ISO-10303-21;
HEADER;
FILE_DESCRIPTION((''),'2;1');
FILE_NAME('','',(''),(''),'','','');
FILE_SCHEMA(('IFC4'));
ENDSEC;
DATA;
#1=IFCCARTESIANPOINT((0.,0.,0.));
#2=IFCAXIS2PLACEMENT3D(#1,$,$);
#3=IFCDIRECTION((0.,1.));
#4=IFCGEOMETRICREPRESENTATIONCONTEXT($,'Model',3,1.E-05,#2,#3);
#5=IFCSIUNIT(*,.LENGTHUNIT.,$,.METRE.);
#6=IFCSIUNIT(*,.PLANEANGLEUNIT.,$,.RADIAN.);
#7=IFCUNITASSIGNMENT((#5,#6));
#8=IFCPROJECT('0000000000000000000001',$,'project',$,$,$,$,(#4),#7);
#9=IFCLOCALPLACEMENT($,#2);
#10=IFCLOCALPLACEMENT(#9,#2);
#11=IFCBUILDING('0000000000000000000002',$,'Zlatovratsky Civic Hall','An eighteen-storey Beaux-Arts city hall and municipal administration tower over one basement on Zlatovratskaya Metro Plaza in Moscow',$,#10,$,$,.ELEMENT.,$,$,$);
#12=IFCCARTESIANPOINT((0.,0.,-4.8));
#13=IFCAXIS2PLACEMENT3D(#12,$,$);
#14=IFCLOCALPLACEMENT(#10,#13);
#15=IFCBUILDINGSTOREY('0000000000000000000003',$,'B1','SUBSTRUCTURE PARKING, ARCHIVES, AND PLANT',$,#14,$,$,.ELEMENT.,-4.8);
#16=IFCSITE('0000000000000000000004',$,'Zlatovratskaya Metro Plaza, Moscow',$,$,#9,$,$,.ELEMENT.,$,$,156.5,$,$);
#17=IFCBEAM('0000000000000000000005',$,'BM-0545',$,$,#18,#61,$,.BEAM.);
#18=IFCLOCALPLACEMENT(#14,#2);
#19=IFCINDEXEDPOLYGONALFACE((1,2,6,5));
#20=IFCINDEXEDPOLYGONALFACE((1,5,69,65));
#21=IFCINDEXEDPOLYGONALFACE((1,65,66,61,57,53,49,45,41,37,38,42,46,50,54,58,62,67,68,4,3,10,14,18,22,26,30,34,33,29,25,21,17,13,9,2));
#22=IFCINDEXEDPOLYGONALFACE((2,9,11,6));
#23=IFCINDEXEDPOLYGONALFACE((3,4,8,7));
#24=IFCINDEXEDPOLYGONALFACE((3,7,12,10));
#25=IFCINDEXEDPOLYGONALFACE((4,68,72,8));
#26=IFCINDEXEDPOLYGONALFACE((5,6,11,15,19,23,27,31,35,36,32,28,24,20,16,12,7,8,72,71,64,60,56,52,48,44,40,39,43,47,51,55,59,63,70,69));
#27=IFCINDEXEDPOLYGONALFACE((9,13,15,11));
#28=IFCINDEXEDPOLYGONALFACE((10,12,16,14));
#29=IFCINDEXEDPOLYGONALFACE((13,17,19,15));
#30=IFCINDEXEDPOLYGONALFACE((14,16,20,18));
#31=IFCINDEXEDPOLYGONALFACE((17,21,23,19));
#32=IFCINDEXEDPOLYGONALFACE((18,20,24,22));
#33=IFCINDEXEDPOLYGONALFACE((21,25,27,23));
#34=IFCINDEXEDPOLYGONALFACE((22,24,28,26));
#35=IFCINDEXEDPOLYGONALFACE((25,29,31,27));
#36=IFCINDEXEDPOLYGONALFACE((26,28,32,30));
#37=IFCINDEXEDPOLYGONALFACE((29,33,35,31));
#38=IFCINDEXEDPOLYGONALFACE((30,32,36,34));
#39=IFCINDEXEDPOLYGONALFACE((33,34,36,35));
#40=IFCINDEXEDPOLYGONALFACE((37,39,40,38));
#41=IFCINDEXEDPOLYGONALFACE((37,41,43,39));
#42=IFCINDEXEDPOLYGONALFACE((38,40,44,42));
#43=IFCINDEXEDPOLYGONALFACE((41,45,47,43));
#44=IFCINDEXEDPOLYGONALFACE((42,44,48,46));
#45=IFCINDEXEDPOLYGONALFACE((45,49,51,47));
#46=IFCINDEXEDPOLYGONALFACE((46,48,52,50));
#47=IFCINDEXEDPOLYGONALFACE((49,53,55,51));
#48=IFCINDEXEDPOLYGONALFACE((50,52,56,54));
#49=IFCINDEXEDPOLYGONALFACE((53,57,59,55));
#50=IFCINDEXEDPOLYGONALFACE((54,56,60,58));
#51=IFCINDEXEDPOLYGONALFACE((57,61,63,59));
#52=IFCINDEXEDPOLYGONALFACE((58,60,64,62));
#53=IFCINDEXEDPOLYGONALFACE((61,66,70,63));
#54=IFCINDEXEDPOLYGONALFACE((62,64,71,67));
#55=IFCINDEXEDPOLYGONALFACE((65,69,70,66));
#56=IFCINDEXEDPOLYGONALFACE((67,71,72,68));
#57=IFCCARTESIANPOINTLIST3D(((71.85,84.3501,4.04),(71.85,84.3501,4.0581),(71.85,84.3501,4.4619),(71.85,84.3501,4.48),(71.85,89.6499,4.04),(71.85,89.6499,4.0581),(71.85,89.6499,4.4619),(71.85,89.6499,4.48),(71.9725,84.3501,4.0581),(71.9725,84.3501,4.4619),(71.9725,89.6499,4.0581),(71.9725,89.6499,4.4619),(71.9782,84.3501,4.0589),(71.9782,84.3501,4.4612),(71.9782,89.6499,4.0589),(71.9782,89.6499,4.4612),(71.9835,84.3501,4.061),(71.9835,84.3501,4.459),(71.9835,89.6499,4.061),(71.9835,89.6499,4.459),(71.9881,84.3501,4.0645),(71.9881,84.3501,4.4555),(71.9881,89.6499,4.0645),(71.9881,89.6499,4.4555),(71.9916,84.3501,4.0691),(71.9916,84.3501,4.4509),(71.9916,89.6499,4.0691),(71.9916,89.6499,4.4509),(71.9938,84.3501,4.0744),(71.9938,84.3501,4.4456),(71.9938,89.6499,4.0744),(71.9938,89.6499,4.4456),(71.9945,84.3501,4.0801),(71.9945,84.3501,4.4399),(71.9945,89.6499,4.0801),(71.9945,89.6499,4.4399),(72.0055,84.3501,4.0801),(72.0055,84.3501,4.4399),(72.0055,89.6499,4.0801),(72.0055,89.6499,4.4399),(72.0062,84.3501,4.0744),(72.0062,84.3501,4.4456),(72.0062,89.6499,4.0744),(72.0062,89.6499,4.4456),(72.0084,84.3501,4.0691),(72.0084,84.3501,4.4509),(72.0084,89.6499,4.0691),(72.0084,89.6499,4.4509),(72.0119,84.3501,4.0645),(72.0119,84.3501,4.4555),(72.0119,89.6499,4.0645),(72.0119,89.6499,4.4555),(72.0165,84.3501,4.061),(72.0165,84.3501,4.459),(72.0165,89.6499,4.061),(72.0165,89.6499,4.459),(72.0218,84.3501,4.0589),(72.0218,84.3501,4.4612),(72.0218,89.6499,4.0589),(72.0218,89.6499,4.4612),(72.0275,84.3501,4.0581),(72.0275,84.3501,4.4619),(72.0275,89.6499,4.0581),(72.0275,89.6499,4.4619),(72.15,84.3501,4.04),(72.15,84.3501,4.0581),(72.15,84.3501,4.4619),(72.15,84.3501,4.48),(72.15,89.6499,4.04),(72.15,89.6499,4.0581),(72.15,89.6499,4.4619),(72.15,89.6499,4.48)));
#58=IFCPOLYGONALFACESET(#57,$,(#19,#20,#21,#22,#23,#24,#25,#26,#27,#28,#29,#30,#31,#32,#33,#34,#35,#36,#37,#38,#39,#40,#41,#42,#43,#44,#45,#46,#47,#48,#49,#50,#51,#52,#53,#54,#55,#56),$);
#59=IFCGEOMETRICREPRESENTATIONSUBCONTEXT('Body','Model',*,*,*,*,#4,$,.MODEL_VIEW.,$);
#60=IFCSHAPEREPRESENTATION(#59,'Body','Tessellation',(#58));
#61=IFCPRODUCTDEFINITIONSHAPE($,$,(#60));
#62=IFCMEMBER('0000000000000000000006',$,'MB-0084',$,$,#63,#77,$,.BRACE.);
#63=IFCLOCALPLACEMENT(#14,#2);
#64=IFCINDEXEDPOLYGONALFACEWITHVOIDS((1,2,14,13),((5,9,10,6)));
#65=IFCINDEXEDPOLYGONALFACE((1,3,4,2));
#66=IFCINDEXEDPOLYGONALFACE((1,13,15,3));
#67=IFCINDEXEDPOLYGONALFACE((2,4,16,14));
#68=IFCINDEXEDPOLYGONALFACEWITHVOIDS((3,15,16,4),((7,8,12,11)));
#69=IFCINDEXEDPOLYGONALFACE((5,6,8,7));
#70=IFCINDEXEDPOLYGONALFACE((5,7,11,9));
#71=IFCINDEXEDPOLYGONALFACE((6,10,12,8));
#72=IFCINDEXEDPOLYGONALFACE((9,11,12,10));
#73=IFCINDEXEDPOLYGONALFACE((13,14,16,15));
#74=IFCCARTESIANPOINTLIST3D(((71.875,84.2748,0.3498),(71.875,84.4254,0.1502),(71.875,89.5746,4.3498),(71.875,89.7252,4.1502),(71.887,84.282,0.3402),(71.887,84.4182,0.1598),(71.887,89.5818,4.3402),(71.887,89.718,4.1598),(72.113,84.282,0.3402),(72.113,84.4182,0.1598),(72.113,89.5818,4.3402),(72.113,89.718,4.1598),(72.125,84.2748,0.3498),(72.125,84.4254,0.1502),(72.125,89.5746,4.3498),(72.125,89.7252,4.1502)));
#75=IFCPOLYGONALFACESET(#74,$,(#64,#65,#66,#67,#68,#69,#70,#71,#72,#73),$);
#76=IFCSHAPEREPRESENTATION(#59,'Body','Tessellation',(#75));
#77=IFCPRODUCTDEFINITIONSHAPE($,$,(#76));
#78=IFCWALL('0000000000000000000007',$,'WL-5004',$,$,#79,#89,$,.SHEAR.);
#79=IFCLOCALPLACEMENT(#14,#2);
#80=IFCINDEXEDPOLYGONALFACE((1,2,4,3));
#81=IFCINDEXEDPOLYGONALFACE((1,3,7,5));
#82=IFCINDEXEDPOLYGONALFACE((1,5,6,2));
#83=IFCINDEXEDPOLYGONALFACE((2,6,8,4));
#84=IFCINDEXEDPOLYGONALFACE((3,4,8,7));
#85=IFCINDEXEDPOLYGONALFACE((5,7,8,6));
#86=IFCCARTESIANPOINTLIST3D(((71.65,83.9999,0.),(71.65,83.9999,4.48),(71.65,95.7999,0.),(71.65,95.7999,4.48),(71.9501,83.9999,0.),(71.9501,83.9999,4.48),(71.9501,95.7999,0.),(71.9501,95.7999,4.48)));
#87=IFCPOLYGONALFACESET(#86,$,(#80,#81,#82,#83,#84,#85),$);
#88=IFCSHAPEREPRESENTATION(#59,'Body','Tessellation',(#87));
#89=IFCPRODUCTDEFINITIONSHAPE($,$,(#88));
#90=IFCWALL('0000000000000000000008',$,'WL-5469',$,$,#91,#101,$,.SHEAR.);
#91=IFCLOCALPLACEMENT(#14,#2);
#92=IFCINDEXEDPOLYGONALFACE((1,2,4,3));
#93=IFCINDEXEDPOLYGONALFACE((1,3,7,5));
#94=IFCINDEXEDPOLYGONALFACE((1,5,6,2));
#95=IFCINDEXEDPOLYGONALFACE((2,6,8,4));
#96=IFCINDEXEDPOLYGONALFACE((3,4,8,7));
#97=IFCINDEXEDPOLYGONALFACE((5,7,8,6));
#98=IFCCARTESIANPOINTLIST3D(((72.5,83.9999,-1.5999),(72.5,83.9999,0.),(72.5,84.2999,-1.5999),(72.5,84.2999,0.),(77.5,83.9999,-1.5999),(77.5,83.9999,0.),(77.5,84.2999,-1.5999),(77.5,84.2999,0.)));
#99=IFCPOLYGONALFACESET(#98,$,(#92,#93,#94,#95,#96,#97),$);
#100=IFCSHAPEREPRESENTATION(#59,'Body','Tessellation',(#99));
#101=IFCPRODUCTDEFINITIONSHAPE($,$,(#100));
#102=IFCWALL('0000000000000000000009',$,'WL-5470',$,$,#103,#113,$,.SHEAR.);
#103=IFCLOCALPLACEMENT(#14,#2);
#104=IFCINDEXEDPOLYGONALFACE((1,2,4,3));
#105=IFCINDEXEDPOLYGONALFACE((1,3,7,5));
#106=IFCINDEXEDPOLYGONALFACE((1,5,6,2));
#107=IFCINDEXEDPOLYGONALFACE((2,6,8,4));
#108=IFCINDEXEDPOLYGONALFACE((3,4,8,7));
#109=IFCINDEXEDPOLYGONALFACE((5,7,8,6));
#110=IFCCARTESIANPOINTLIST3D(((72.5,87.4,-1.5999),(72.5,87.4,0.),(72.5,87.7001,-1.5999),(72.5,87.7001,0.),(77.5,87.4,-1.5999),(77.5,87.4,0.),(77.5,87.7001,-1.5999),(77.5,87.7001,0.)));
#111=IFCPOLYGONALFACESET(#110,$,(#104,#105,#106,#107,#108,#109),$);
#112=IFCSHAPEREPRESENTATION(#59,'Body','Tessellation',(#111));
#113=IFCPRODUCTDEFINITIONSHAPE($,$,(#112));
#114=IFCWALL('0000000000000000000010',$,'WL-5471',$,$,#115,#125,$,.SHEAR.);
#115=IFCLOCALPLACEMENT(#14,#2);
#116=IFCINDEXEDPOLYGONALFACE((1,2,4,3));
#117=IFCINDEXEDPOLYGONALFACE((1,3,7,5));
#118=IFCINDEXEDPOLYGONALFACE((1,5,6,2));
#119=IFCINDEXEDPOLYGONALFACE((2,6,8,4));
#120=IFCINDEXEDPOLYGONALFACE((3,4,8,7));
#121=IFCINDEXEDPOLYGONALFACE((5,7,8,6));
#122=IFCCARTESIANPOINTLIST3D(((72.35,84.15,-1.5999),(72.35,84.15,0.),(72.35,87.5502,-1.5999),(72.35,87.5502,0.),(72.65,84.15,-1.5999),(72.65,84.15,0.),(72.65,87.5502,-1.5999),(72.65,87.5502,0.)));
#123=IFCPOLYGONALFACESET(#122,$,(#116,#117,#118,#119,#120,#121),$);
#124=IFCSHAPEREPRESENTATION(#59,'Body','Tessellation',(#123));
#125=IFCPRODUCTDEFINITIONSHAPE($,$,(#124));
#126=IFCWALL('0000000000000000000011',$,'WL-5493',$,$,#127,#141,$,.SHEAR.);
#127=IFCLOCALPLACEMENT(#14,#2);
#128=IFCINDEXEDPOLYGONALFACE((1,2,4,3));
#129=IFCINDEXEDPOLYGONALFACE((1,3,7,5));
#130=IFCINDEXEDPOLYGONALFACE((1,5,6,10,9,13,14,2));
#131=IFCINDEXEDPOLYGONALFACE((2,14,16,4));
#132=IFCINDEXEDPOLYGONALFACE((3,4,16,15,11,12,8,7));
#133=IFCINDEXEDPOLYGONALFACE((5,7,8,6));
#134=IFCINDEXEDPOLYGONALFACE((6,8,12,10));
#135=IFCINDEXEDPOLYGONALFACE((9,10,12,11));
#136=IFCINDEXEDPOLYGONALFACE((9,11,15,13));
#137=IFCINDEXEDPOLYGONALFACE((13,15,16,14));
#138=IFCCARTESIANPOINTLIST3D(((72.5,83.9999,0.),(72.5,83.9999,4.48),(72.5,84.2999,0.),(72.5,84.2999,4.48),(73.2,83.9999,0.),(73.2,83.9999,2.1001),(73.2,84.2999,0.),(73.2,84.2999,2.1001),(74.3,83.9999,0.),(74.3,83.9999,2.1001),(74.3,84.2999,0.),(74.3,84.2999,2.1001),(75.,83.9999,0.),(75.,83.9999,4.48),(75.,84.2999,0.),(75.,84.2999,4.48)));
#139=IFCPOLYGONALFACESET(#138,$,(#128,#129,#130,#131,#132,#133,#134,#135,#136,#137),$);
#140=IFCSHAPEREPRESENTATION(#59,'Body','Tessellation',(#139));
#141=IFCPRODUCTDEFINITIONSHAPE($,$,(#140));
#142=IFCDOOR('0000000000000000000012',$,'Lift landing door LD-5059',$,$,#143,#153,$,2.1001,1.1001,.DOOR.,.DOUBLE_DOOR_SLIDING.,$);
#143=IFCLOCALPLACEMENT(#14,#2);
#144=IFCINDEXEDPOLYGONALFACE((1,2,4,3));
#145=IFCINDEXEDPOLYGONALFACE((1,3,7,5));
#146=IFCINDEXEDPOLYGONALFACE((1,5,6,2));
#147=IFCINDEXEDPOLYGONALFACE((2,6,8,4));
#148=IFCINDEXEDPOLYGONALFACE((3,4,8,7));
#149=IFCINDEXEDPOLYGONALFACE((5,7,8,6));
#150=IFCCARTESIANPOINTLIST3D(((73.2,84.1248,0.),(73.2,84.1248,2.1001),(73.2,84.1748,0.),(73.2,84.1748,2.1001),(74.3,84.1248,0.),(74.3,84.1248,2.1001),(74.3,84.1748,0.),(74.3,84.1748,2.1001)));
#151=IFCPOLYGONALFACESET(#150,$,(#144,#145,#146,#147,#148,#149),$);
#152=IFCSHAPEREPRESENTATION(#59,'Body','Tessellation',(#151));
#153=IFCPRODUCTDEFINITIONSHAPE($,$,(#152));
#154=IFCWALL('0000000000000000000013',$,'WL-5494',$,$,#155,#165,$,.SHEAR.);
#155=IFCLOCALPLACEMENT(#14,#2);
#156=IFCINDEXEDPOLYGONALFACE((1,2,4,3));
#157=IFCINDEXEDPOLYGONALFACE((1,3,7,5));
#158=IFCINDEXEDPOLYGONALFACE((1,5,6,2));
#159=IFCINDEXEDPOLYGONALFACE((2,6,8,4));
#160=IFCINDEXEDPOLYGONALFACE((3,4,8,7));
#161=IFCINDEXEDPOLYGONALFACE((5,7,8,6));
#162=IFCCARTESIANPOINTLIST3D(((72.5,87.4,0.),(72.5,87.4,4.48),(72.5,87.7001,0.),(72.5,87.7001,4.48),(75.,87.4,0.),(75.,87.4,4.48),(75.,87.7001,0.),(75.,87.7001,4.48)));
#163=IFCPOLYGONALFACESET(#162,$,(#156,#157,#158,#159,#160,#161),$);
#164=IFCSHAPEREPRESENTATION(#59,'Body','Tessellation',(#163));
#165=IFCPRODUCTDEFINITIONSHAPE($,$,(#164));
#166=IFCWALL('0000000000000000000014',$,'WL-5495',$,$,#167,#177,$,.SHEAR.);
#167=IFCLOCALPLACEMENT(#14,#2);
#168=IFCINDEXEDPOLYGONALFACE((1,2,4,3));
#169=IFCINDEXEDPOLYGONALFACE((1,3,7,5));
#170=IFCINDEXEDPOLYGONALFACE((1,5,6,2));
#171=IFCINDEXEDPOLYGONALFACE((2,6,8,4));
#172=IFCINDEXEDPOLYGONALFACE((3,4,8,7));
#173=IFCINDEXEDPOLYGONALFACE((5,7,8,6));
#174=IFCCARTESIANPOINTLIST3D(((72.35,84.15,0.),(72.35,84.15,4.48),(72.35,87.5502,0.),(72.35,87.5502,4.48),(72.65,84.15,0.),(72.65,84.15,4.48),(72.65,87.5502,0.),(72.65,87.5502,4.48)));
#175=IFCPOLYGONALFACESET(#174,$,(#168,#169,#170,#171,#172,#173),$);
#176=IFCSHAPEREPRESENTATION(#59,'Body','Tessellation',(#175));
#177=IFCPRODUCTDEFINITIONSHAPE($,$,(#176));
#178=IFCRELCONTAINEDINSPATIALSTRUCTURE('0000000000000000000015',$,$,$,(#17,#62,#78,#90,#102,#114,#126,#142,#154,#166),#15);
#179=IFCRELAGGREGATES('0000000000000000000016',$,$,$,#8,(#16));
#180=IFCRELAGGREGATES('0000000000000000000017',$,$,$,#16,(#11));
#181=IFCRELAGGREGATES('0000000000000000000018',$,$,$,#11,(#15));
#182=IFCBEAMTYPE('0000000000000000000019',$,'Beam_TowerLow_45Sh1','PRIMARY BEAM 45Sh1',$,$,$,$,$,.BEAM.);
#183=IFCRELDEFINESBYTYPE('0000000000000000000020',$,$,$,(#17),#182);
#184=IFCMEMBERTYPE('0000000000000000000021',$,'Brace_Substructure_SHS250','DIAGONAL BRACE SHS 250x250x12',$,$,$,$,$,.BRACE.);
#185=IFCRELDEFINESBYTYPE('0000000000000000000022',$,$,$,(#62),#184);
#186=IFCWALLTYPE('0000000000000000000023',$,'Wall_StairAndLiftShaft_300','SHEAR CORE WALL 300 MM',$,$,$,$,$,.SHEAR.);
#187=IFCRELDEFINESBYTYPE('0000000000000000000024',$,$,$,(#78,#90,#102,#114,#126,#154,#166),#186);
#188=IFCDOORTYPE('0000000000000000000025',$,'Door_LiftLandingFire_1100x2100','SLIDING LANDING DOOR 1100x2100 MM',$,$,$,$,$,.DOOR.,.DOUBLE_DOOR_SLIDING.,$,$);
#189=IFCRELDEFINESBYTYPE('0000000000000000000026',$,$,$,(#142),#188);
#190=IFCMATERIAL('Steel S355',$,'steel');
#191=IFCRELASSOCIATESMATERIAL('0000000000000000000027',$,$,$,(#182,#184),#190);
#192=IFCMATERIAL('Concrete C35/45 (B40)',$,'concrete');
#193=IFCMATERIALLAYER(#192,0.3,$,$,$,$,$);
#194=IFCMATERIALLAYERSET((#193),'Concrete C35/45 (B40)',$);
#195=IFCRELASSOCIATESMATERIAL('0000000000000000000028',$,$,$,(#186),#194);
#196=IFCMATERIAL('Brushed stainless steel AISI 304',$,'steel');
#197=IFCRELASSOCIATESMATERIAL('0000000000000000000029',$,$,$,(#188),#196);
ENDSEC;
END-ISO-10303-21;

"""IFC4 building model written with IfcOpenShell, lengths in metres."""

from ifc_helpers import new_model, si_unit, direction, frame, frame_2d, origin, origin_2d, place, context, subcontext, project, spatial, rectangle, hollow_rectangle, i_section, extrude, material, layer, layer_set, material_profile, profile_set, type_object, element, fill, save


model = new_model("IFC4")

# Units and contexts
model_context = context("Model", 3, precision=1e-05, world=origin(), true_north=direction((0.0, 1.0)))
body_context = subcontext(model_context, "Body", "Model", "MODEL_VIEW")
ifc_project = project(units=[si_unit("LENGTHUNIT", "METRE"), si_unit("PLANEANGLEUNIT", "RADIAN")], contexts=[model_context])

# Site, building, storey
site_placement = place(None, origin())
site = spatial("IfcSite", under=ifc_project, at=site_placement, Name="Zlatovratskaya Metro Plaza, Moscow", CompositionType="ELEMENT", RefElevation=156.5)
building_placement = place(site_placement, origin())
building = spatial("IfcBuilding", under=site, at=building_placement, Name="Zlatovratsky Civic Hall", Description="An eighteen-storey Beaux-Arts city hall and municipal administration tower over one basement on Zlatovratskaya Metro Plaza in Moscow", CompositionType="ELEMENT")
storey_placement = place(building_placement, frame((0.0, 0.0, -4.8)))
storey = spatial("IfcBuildingStorey", under=building, at=storey_placement, Name="B1", Description="SUBSTRUCTURE PARKING, ARCHIVES, AND PLANT", CompositionType="ELEMENT", Elevation=-4.8)

# Shared definitions
ifc_material_1 = material(Name="Concrete C35/45 (B40)", Category="concrete")

# Beam
ifc_material_2 = material(Name="Steel S355", Category="steel")
ifc_material_profile_1 = material_profile(ifc_material_2, i_section(OverallWidth=0.3, OverallDepth=0.4399, WebThickness=0.011, FlangeThickness=0.0181, FilletRadius=0.022, at=origin_2d()), Name="45Sh1")
ifc_profile_set_1 = profile_set([ifc_material_profile_1], Name="Steel S355")
beam_type = type_object("IfcBeamType", Name="Beam_TowerLow_45Sh1", Description="PRIMARY BEAM 45Sh1", PredefinedType="BEAM", material=ifc_profile_set_1)
for number, where, z_axis, x_axis, name in (
    (1, (72.0, 84.3501, 4.26), (0.0, 1.0, 0.0), (-1.0, 0.0, 0.0), "BM-0545"),
):
    element("IfcBeam", number, at=place(storey_placement, frame(where, z_axis=z_axis, x_axis=x_axis)), inside=storey, type_object=beam_type, Name=name, PredefinedType="BEAM", context=body_context, shape_type="SweptSolid", body=[
        extrude(i_section(OverallWidth=0.3, OverallDepth=0.4399, WebThickness=0.011, FlangeThickness=0.0181, FilletRadius=0.022, at=origin_2d()), origin(), (0.0, 0.0, 1.0), 5.2998),
    ])

# Member
ifc_material_profile_2 = material_profile(ifc_material_2, hollow_rectangle(XDim=0.25, YDim=0.25, WallThickness=0.012, at=origin_2d()), Name="SHS 250x250x12")
ifc_profile_set_2 = profile_set([ifc_material_profile_2], Name="Steel S355")
member_type = type_object("IfcMemberType", Name="Brace_Substructure_SHS250", Description="DIAGONAL BRACE SHS 250x250x12", PredefinedType="BRACE", material=ifc_profile_set_2)
member_placement = place(storey_placement, frame((72.0, 84.3501, 0.25), z_axis=(0.0, 0.798178, 0.602421), x_axis=(-1.0, 0.0, 0.0)))
element("IfcMember", 2, at=member_placement, inside=storey, type_object=member_type, Name="MB-0084", PredefinedType="BRACE", context=body_context, shape_type="SweptSolid", body=[
    extrude(hollow_rectangle(XDim=0.25, YDim=0.25, WallThickness=0.012, at=origin_2d()), origin(), (0.0, 0.0, 1.0), 6.6399),
])

# Walls
ifc_layer = layer(ifc_material_1, 0.3)
ifc_layer_set = layer_set([ifc_layer], Name="Concrete C35/45 (B40)")
wall_type = type_object("IfcWallType", Name="Wall_StairAndLiftShaft_300", Description="SHEAR CORE WALL 300 MM", PredefinedType="SHEAR", material=ifc_layer_set)
wall_1_placement = place(storey_placement, frame((71.8, 84.0, 0.0), z_axis=(0.0, 0.0, 1.0), x_axis=(0.0, 1.0, 0.0)))
element("IfcWall", 3, at=wall_1_placement, inside=storey, type_object=wall_type, Name="WL-5004", PredefinedType="SHEAR", context=body_context, shape_type="SweptSolid", body=[
    extrude(rectangle(XDim=11.8, YDim=0.3, at=frame_2d((5.8999, 0.0))), origin(), (0.0, 0.0, 1.0), 4.48),
])
for number, where, z_axis, x_axis, name in (
    (4, (72.5, 84.1499, -1.5999), (0.0, 0.0, 1.0), (1.0, 0.0, 0.0), "WL-5469"),
    (5, (72.5, 87.55, -1.5999), (0.0, 0.0, 1.0), (1.0, 0.0, 0.0), "WL-5470"),
):
    element("IfcWall", number, at=place(storey_placement, frame(where, z_axis=z_axis, x_axis=x_axis)), inside=storey, type_object=wall_type, Name=name, PredefinedType="SHEAR", context=body_context, shape_type="SweptSolid", body=[
        extrude(rectangle(XDim=5.0, YDim=0.3, at=frame_2d((2.5, 0.0))), origin(), (0.0, 0.0, 1.0), 1.5999),
    ])
wall_2_placement = place(storey_placement, frame((72.5, 84.1499, -1.5999), z_axis=(0.0, 0.0, 1.0), x_axis=(0.0, 1.0, 0.0)))
element("IfcWall", 6, at=wall_2_placement, inside=storey, type_object=wall_type, Name="WL-5471", PredefinedType="SHEAR", context=body_context, shape_type="SweptSolid", body=[
    extrude(rectangle(XDim=3.4001, YDim=0.3, at=frame_2d((1.7002, 0.0))), origin(), (0.0, 0.0, 1.0), 1.5999),
])

# Wall, opening, door
wall_3_placement = place(storey_placement, frame((72.5, 84.1499, 0.0), z_axis=(0.0, 0.0, 1.0), x_axis=(1.0, 0.0, 0.0)))
wall_3 = element("IfcWall", 7, at=wall_3_placement, inside=storey, type_object=wall_type, Name="WL-5493", PredefinedType="SHEAR", context=body_context, shape_type="SweptSolid", body=[
    extrude(rectangle(XDim=2.5, YDim=0.3, at=frame_2d((1.25, 0.0))), origin(), (0.0, 0.0, 1.0), 4.48),
])
opening_1_placement = place(wall_3_placement, frame((0.7, 0.0, 0.0)))
opening_1 = element("IfcOpeningElement", 8, at=opening_1_placement, cuts=wall_3, PredefinedType="OPENING", context=body_context, shape_type="SweptSolid", body=[
    extrude(rectangle(XDim=1.1001, YDim=2.1001, at=frame_2d((0.55, 1.05))), frame((0.0, 0.165, 0.0), z_axis=(0.0, -1.0, 0.0), x_axis=(1.0, 0.0, 0.0)), (0.0, 0.0, 1.0), 0.3298),
])
ifc_material_3 = material(Name="Brushed stainless steel AISI 304", Category="steel")
door_type = type_object("IfcDoorType", Name="Door_LiftLandingFire_1100x2100", Description="SLIDING LANDING DOOR 1100x2100 MM", OperationType="DOUBLE_DOOR_SLIDING", PredefinedType="DOOR", material=ifc_material_3)
door_1_placement = place(opening_1_placement, origin())
door_1 = element("IfcDoor", 9, at=door_1_placement, inside=storey, type_object=door_type, Name="Lift landing door LD-5059", OperationType="DOUBLE_DOOR_SLIDING", OverallHeight=2.1001, OverallWidth=1.1001, PredefinedType="DOOR", context=body_context, shape_type="SweptSolid", body=[
    extrude(rectangle(XDim=1.1001, YDim=2.1001, at=frame_2d((0.55, 1.05))), frame((0.0, 0.0249, 0.0), z_axis=(0.0, -1.0, 0.0), x_axis=(1.0, 0.0, 0.0)), (0.0, 0.0, 1.0), 0.05),
])
fill(opening_1, door_1)

# Walls
wall_4_placement = place(storey_placement, frame((72.5, 87.55, 0.0), z_axis=(0.0, 0.0, 1.0), x_axis=(1.0, 0.0, 0.0)))
element("IfcWall", 10, at=wall_4_placement, inside=storey, type_object=wall_type, Name="WL-5494", PredefinedType="SHEAR", context=body_context, shape_type="SweptSolid", body=[
    extrude(rectangle(XDim=2.5, YDim=0.3, at=frame_2d((1.25, 0.0))), origin(), (0.0, 0.0, 1.0), 4.48),
])
wall_5_placement = place(storey_placement, frame((72.5, 84.1499, 0.0), z_axis=(0.0, 0.0, 1.0), x_axis=(0.0, 1.0, 0.0)))
element("IfcWall", 11, at=wall_5_placement, inside=storey, type_object=wall_type, Name="WL-5495", PredefinedType="SHEAR", context=body_context, shape_type="SweptSolid", body=[
    extrude(rectangle(XDim=3.4001, YDim=0.3, at=frame_2d((1.7002, 0.0))), origin(), (0.0, 0.0, 1.0), 4.48),
])

save(model, "model.ifc")
